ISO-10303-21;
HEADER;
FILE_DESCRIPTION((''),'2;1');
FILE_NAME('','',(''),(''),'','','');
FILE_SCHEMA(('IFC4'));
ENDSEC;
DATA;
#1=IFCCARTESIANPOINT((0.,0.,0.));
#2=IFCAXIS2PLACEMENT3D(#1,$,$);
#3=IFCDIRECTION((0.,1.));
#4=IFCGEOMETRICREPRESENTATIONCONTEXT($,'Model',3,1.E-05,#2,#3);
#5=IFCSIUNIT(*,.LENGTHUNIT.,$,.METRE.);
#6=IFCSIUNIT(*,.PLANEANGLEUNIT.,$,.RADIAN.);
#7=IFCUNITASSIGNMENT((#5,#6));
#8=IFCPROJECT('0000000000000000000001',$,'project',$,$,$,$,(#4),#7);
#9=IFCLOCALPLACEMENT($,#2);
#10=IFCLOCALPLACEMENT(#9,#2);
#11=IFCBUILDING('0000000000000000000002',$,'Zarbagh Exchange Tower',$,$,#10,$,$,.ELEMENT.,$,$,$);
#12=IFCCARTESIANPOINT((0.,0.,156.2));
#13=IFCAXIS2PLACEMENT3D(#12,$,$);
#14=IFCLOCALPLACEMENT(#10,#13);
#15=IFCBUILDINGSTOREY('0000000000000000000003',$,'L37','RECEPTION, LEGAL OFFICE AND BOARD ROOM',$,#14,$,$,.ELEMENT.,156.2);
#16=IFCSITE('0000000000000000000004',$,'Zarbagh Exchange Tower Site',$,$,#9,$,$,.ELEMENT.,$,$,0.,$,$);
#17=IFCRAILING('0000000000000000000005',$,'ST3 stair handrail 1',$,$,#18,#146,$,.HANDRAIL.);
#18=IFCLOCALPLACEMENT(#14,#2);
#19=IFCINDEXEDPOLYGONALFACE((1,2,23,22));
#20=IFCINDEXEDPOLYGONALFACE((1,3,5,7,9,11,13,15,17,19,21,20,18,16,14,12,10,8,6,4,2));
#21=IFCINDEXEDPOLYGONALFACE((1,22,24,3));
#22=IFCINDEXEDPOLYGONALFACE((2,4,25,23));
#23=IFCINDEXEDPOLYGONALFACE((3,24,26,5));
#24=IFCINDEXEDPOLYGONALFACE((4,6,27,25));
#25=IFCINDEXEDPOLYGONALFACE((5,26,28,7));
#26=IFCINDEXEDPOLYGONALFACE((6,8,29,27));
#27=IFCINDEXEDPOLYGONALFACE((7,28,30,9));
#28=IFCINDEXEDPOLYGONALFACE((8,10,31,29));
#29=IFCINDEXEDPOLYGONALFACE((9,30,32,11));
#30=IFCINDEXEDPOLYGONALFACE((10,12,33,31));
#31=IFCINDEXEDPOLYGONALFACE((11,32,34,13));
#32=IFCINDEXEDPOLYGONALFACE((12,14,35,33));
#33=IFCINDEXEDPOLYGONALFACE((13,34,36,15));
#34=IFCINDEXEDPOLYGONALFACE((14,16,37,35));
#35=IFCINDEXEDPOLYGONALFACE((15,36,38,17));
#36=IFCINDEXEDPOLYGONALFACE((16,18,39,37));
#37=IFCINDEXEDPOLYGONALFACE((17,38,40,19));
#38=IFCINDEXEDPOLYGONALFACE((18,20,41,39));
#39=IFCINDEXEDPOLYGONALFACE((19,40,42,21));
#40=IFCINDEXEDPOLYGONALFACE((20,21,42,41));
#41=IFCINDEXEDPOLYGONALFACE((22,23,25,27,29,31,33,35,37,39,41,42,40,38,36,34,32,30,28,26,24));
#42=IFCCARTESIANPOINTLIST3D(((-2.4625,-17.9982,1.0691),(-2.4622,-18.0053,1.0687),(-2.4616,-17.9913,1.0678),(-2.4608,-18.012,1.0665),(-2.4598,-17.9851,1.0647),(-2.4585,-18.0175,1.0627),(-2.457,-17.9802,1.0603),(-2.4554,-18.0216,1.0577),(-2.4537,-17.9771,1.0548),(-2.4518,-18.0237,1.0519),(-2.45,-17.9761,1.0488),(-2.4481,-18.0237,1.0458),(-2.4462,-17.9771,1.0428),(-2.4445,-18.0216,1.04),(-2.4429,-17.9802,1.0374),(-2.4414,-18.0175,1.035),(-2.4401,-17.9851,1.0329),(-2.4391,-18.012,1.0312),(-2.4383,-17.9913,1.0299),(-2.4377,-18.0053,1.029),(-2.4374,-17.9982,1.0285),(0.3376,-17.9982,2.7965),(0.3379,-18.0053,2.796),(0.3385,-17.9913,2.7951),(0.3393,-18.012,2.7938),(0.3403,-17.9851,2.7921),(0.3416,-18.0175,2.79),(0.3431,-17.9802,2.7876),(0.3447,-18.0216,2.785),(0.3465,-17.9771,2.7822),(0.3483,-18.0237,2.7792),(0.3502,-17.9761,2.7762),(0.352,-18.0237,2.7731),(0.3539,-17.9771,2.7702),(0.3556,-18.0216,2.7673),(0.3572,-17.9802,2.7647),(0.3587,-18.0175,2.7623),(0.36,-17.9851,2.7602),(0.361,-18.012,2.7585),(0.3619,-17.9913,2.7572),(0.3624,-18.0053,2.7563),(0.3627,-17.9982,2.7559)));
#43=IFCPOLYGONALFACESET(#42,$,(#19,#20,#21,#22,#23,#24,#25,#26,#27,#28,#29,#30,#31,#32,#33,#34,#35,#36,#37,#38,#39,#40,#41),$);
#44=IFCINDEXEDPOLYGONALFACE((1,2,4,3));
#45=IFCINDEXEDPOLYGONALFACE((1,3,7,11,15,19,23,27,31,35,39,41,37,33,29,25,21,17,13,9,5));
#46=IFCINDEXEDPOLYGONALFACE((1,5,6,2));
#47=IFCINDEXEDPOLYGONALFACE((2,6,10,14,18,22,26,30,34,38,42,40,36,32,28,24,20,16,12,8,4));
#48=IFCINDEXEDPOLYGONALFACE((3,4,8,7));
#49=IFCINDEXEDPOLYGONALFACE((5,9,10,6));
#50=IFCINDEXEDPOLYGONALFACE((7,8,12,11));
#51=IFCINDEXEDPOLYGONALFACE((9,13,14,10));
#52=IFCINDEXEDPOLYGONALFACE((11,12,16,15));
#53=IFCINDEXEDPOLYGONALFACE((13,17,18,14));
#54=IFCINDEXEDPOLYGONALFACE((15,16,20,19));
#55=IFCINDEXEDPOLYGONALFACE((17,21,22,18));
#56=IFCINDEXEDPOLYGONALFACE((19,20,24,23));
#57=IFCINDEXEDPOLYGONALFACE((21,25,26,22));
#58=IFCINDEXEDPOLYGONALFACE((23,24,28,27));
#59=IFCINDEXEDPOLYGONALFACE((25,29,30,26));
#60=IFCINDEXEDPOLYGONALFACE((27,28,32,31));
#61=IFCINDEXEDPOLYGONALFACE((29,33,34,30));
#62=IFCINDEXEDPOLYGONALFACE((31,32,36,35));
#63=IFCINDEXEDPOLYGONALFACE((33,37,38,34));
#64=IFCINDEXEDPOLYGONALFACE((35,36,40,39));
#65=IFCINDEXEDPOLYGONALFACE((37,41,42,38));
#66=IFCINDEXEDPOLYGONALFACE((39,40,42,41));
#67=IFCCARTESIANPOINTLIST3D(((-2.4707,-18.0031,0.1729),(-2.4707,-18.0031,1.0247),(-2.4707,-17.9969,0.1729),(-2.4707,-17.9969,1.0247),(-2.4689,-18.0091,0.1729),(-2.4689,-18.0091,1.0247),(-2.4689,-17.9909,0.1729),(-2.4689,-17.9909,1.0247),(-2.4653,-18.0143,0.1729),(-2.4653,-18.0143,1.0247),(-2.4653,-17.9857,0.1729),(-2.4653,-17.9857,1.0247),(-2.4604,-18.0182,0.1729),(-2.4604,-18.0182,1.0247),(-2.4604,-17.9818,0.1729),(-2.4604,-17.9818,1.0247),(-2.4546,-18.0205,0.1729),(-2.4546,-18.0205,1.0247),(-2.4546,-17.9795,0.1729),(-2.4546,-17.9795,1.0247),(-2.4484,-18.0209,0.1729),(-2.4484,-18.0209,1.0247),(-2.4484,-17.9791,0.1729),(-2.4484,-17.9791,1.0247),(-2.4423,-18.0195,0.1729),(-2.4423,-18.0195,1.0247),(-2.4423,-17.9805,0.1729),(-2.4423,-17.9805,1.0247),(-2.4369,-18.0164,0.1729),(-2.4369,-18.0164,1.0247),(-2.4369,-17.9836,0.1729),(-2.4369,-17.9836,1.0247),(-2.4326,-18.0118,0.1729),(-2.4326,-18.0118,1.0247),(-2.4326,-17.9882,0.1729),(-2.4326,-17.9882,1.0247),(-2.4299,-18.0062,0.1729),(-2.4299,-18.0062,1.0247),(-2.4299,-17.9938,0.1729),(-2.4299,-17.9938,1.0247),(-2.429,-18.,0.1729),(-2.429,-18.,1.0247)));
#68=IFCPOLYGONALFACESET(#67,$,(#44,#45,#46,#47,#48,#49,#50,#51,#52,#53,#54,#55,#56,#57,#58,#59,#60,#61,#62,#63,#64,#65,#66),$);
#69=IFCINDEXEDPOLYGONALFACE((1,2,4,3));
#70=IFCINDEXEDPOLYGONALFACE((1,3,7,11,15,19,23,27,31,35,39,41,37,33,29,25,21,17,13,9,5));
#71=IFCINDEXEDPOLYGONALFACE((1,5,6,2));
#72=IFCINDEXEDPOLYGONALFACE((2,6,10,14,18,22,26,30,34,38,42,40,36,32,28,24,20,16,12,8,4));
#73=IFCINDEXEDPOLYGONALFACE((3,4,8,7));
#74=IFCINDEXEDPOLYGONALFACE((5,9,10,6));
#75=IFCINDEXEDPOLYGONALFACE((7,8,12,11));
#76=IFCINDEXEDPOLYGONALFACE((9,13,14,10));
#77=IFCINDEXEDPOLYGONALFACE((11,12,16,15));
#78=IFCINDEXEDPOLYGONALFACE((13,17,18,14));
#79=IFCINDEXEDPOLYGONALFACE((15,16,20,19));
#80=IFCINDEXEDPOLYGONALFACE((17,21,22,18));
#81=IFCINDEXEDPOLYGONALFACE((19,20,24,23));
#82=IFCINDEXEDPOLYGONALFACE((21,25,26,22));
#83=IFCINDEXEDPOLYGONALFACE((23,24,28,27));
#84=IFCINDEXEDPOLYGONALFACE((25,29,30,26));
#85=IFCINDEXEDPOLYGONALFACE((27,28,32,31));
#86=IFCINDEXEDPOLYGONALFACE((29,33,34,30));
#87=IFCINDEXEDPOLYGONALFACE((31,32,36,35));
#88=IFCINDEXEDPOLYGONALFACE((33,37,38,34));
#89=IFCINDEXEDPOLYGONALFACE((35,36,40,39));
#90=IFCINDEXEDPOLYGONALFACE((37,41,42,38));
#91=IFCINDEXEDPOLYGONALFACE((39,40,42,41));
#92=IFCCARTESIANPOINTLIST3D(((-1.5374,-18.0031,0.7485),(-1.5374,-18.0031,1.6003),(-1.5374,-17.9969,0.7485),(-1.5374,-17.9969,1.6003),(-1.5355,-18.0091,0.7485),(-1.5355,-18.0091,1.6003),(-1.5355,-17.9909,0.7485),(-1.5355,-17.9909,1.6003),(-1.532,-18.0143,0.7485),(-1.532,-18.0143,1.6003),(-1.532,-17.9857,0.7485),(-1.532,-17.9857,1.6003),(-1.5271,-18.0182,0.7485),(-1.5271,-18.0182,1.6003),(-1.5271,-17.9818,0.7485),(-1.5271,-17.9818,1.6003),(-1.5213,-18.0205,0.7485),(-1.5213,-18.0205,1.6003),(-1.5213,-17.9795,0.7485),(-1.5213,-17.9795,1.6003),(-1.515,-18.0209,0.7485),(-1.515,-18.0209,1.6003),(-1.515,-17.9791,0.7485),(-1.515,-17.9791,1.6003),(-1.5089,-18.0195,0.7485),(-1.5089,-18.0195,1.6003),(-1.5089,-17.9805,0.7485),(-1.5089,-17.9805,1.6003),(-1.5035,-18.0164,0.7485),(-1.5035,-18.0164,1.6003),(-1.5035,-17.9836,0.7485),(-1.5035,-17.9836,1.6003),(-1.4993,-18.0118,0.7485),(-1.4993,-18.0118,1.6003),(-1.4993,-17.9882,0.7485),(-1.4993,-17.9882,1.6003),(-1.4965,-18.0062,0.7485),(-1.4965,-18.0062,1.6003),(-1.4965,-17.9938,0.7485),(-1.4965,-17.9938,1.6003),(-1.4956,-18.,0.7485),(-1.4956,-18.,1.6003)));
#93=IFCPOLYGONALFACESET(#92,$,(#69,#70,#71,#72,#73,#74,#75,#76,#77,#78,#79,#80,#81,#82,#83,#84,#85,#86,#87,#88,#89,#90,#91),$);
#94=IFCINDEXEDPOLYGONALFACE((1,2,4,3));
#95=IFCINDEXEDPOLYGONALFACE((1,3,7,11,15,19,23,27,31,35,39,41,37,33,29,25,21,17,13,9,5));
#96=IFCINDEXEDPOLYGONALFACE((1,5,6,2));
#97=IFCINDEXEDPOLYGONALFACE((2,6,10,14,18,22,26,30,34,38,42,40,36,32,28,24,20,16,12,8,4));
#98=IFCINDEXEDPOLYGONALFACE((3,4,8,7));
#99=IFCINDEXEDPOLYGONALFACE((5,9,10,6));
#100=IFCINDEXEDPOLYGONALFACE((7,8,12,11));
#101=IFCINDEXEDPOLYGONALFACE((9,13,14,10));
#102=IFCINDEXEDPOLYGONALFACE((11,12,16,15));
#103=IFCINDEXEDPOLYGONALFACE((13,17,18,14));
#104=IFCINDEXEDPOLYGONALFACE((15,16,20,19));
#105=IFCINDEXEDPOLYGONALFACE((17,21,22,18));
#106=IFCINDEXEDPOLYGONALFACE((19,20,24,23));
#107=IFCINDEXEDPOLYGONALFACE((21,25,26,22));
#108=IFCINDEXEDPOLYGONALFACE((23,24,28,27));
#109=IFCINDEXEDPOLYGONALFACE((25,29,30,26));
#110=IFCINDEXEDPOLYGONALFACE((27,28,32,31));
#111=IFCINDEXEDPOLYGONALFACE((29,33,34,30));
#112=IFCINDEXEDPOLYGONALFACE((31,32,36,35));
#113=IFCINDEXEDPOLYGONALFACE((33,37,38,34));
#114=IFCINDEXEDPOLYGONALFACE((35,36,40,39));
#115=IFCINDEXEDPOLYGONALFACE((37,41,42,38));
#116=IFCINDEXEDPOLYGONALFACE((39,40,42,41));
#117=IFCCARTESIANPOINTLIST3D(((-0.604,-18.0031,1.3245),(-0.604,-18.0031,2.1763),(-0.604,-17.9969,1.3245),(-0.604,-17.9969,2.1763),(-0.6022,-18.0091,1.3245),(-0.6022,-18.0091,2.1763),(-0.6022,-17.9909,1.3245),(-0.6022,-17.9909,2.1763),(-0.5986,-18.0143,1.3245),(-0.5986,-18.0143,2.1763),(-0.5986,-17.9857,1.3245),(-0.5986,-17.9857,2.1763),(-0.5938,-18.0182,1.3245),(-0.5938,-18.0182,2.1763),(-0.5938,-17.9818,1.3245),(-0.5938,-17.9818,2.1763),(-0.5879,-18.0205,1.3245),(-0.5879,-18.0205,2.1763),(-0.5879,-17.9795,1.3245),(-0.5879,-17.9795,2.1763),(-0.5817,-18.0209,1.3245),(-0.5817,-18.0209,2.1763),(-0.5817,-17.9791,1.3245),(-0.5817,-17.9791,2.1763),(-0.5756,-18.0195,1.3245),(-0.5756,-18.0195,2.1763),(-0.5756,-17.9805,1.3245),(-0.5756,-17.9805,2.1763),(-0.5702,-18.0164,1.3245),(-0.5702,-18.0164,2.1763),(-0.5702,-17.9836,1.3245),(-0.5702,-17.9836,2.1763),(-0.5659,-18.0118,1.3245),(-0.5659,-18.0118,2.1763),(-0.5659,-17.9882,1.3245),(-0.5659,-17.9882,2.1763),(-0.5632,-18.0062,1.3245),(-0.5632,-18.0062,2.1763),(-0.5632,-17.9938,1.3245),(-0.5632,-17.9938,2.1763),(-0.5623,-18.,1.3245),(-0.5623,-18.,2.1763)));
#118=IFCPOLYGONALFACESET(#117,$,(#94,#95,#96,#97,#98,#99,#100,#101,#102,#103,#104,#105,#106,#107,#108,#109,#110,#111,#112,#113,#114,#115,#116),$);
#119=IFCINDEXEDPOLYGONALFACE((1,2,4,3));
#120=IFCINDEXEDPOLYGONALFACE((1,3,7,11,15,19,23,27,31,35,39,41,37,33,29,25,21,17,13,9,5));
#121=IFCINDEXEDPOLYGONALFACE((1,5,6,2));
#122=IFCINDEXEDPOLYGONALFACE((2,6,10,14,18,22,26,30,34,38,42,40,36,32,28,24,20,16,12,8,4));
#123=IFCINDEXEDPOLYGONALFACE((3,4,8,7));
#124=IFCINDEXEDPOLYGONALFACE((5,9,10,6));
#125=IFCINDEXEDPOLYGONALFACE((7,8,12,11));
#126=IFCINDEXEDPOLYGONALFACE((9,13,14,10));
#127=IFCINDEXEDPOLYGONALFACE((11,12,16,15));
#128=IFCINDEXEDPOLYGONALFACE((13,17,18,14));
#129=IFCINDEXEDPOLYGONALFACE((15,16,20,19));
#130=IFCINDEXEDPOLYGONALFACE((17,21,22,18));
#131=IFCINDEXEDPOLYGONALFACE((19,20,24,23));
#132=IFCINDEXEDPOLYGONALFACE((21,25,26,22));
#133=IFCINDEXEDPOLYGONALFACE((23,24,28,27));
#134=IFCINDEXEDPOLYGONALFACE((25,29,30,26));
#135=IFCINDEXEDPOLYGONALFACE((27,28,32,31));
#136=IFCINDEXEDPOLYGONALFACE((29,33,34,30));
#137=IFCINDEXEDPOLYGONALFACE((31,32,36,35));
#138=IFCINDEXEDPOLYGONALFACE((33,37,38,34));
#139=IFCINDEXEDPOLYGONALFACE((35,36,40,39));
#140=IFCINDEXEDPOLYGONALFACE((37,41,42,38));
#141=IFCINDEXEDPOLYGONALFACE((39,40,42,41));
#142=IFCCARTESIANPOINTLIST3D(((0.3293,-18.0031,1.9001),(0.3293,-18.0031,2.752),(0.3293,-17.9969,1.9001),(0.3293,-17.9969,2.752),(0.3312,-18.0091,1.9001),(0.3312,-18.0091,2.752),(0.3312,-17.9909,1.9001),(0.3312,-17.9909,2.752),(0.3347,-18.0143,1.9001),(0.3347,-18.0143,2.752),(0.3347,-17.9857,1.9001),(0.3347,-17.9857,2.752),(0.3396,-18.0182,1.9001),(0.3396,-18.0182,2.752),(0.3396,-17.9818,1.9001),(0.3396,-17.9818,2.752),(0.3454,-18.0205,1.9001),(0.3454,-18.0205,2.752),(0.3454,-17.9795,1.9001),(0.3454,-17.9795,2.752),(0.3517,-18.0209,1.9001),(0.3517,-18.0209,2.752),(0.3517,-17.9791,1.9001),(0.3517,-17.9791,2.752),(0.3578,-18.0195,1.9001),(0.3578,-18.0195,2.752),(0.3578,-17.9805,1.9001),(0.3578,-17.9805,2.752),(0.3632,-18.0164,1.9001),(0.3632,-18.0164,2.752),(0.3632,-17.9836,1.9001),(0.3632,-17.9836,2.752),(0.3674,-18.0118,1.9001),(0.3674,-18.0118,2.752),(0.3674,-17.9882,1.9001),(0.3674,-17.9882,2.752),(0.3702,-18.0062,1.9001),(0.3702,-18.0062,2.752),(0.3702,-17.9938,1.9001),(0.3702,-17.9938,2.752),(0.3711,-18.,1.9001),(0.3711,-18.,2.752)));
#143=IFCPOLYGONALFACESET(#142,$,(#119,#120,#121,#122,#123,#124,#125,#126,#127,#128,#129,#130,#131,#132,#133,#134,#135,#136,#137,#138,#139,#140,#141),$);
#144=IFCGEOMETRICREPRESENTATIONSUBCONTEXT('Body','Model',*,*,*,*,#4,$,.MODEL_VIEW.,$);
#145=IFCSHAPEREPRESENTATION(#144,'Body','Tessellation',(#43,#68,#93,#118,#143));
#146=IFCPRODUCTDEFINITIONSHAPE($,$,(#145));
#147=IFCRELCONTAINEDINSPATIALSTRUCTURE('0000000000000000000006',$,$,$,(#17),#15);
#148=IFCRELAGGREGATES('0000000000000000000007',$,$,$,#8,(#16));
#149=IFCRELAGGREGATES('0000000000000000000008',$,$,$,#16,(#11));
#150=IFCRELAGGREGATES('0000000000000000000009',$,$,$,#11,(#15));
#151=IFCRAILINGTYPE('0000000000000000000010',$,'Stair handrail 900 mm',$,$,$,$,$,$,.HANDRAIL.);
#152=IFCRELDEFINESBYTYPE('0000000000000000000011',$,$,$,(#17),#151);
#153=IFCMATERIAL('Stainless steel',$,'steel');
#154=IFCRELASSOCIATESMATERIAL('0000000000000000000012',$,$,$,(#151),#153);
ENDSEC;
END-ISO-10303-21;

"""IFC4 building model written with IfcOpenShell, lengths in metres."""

from ifc_helpers import new_model, si_unit, direction, frame, origin, origin_2d, place, context, subcontext, project, spatial, circle, extrude, material, type_object, element, save


model = new_model("IFC4")

# Units and contexts
model_context = context("Model", 3, precision=1e-05, world=origin(), true_north=direction((0.0, 1.0)))
body_context = subcontext(model_context, "Body", "Model", "MODEL_VIEW")
ifc_project = project(units=[si_unit("LENGTHUNIT", "METRE"), si_unit("PLANEANGLEUNIT", "RADIAN")], contexts=[model_context])

# Site, building, storey
site_placement = place(None, origin())
site = spatial("IfcSite", under=ifc_project, at=site_placement, Name="Zarbagh Exchange Tower Site", CompositionType="ELEMENT", RefElevation=0.0)
building_placement = place(site_placement, origin())
building = spatial("IfcBuilding", under=site, at=building_placement, Name="Zarbagh Exchange Tower", CompositionType="ELEMENT")
storey_placement = place(building_placement, frame((0.0, 0.0, 156.2)))
storey = spatial("IfcBuildingStorey", under=building, at=storey_placement, Name="L37", Description="RECEPTION, LEGAL OFFICE AND BOARD ROOM", CompositionType="ELEMENT", Elevation=156.2)

# Shared definitions
ifc_material_1 = material(Name="Stainless steel", Category="steel")

# Railing
railing_type_1 = type_object("IfcRailingType", Name="Stair handrail 900 mm", PredefinedType="HANDRAIL", material=ifc_material_1)
for number, where, name in (
    (1, (-2.45, -18.0, 0.1729), "ST3 stair handrail 1"),
):
    element("IfcRailing", number, at=place(storey_placement, frame(where)), inside=storey, type_object=railing_type_1, Name=name, PredefinedType="HANDRAIL", context=body_context, shape_type="SweptSolid", body=[
        extrude(circle(Radius=0.0239, at=origin_2d()), frame((0.0, 0.0, 0.876), z_axis=(0.85109, 0.0, 0.52502), x_axis=(0.0, 1.0, 0.0)), (0.0, 0.0, 1.0), 3.29),
        extrude(circle(Radius=0.021, at=origin_2d()), origin(), (0.0, 0.0, 1.0), 0.8518),
        extrude(circle(Radius=0.021, at=origin_2d()), frame((0.9333, 0.0, 0.5757)), (0.0, 0.0, 1.0), 0.8518),
        extrude(circle(Radius=0.021, at=origin_2d()), frame((1.8667, 0.0, 1.1516)), (0.0, 0.0, 1.0), 0.8518),
        extrude(circle(Radius=0.021, at=origin_2d()), frame((2.8, 0.0, 1.7273)), (0.0, 0.0, 1.0), 0.8518),
    ])

save(model, "model.ifc")
